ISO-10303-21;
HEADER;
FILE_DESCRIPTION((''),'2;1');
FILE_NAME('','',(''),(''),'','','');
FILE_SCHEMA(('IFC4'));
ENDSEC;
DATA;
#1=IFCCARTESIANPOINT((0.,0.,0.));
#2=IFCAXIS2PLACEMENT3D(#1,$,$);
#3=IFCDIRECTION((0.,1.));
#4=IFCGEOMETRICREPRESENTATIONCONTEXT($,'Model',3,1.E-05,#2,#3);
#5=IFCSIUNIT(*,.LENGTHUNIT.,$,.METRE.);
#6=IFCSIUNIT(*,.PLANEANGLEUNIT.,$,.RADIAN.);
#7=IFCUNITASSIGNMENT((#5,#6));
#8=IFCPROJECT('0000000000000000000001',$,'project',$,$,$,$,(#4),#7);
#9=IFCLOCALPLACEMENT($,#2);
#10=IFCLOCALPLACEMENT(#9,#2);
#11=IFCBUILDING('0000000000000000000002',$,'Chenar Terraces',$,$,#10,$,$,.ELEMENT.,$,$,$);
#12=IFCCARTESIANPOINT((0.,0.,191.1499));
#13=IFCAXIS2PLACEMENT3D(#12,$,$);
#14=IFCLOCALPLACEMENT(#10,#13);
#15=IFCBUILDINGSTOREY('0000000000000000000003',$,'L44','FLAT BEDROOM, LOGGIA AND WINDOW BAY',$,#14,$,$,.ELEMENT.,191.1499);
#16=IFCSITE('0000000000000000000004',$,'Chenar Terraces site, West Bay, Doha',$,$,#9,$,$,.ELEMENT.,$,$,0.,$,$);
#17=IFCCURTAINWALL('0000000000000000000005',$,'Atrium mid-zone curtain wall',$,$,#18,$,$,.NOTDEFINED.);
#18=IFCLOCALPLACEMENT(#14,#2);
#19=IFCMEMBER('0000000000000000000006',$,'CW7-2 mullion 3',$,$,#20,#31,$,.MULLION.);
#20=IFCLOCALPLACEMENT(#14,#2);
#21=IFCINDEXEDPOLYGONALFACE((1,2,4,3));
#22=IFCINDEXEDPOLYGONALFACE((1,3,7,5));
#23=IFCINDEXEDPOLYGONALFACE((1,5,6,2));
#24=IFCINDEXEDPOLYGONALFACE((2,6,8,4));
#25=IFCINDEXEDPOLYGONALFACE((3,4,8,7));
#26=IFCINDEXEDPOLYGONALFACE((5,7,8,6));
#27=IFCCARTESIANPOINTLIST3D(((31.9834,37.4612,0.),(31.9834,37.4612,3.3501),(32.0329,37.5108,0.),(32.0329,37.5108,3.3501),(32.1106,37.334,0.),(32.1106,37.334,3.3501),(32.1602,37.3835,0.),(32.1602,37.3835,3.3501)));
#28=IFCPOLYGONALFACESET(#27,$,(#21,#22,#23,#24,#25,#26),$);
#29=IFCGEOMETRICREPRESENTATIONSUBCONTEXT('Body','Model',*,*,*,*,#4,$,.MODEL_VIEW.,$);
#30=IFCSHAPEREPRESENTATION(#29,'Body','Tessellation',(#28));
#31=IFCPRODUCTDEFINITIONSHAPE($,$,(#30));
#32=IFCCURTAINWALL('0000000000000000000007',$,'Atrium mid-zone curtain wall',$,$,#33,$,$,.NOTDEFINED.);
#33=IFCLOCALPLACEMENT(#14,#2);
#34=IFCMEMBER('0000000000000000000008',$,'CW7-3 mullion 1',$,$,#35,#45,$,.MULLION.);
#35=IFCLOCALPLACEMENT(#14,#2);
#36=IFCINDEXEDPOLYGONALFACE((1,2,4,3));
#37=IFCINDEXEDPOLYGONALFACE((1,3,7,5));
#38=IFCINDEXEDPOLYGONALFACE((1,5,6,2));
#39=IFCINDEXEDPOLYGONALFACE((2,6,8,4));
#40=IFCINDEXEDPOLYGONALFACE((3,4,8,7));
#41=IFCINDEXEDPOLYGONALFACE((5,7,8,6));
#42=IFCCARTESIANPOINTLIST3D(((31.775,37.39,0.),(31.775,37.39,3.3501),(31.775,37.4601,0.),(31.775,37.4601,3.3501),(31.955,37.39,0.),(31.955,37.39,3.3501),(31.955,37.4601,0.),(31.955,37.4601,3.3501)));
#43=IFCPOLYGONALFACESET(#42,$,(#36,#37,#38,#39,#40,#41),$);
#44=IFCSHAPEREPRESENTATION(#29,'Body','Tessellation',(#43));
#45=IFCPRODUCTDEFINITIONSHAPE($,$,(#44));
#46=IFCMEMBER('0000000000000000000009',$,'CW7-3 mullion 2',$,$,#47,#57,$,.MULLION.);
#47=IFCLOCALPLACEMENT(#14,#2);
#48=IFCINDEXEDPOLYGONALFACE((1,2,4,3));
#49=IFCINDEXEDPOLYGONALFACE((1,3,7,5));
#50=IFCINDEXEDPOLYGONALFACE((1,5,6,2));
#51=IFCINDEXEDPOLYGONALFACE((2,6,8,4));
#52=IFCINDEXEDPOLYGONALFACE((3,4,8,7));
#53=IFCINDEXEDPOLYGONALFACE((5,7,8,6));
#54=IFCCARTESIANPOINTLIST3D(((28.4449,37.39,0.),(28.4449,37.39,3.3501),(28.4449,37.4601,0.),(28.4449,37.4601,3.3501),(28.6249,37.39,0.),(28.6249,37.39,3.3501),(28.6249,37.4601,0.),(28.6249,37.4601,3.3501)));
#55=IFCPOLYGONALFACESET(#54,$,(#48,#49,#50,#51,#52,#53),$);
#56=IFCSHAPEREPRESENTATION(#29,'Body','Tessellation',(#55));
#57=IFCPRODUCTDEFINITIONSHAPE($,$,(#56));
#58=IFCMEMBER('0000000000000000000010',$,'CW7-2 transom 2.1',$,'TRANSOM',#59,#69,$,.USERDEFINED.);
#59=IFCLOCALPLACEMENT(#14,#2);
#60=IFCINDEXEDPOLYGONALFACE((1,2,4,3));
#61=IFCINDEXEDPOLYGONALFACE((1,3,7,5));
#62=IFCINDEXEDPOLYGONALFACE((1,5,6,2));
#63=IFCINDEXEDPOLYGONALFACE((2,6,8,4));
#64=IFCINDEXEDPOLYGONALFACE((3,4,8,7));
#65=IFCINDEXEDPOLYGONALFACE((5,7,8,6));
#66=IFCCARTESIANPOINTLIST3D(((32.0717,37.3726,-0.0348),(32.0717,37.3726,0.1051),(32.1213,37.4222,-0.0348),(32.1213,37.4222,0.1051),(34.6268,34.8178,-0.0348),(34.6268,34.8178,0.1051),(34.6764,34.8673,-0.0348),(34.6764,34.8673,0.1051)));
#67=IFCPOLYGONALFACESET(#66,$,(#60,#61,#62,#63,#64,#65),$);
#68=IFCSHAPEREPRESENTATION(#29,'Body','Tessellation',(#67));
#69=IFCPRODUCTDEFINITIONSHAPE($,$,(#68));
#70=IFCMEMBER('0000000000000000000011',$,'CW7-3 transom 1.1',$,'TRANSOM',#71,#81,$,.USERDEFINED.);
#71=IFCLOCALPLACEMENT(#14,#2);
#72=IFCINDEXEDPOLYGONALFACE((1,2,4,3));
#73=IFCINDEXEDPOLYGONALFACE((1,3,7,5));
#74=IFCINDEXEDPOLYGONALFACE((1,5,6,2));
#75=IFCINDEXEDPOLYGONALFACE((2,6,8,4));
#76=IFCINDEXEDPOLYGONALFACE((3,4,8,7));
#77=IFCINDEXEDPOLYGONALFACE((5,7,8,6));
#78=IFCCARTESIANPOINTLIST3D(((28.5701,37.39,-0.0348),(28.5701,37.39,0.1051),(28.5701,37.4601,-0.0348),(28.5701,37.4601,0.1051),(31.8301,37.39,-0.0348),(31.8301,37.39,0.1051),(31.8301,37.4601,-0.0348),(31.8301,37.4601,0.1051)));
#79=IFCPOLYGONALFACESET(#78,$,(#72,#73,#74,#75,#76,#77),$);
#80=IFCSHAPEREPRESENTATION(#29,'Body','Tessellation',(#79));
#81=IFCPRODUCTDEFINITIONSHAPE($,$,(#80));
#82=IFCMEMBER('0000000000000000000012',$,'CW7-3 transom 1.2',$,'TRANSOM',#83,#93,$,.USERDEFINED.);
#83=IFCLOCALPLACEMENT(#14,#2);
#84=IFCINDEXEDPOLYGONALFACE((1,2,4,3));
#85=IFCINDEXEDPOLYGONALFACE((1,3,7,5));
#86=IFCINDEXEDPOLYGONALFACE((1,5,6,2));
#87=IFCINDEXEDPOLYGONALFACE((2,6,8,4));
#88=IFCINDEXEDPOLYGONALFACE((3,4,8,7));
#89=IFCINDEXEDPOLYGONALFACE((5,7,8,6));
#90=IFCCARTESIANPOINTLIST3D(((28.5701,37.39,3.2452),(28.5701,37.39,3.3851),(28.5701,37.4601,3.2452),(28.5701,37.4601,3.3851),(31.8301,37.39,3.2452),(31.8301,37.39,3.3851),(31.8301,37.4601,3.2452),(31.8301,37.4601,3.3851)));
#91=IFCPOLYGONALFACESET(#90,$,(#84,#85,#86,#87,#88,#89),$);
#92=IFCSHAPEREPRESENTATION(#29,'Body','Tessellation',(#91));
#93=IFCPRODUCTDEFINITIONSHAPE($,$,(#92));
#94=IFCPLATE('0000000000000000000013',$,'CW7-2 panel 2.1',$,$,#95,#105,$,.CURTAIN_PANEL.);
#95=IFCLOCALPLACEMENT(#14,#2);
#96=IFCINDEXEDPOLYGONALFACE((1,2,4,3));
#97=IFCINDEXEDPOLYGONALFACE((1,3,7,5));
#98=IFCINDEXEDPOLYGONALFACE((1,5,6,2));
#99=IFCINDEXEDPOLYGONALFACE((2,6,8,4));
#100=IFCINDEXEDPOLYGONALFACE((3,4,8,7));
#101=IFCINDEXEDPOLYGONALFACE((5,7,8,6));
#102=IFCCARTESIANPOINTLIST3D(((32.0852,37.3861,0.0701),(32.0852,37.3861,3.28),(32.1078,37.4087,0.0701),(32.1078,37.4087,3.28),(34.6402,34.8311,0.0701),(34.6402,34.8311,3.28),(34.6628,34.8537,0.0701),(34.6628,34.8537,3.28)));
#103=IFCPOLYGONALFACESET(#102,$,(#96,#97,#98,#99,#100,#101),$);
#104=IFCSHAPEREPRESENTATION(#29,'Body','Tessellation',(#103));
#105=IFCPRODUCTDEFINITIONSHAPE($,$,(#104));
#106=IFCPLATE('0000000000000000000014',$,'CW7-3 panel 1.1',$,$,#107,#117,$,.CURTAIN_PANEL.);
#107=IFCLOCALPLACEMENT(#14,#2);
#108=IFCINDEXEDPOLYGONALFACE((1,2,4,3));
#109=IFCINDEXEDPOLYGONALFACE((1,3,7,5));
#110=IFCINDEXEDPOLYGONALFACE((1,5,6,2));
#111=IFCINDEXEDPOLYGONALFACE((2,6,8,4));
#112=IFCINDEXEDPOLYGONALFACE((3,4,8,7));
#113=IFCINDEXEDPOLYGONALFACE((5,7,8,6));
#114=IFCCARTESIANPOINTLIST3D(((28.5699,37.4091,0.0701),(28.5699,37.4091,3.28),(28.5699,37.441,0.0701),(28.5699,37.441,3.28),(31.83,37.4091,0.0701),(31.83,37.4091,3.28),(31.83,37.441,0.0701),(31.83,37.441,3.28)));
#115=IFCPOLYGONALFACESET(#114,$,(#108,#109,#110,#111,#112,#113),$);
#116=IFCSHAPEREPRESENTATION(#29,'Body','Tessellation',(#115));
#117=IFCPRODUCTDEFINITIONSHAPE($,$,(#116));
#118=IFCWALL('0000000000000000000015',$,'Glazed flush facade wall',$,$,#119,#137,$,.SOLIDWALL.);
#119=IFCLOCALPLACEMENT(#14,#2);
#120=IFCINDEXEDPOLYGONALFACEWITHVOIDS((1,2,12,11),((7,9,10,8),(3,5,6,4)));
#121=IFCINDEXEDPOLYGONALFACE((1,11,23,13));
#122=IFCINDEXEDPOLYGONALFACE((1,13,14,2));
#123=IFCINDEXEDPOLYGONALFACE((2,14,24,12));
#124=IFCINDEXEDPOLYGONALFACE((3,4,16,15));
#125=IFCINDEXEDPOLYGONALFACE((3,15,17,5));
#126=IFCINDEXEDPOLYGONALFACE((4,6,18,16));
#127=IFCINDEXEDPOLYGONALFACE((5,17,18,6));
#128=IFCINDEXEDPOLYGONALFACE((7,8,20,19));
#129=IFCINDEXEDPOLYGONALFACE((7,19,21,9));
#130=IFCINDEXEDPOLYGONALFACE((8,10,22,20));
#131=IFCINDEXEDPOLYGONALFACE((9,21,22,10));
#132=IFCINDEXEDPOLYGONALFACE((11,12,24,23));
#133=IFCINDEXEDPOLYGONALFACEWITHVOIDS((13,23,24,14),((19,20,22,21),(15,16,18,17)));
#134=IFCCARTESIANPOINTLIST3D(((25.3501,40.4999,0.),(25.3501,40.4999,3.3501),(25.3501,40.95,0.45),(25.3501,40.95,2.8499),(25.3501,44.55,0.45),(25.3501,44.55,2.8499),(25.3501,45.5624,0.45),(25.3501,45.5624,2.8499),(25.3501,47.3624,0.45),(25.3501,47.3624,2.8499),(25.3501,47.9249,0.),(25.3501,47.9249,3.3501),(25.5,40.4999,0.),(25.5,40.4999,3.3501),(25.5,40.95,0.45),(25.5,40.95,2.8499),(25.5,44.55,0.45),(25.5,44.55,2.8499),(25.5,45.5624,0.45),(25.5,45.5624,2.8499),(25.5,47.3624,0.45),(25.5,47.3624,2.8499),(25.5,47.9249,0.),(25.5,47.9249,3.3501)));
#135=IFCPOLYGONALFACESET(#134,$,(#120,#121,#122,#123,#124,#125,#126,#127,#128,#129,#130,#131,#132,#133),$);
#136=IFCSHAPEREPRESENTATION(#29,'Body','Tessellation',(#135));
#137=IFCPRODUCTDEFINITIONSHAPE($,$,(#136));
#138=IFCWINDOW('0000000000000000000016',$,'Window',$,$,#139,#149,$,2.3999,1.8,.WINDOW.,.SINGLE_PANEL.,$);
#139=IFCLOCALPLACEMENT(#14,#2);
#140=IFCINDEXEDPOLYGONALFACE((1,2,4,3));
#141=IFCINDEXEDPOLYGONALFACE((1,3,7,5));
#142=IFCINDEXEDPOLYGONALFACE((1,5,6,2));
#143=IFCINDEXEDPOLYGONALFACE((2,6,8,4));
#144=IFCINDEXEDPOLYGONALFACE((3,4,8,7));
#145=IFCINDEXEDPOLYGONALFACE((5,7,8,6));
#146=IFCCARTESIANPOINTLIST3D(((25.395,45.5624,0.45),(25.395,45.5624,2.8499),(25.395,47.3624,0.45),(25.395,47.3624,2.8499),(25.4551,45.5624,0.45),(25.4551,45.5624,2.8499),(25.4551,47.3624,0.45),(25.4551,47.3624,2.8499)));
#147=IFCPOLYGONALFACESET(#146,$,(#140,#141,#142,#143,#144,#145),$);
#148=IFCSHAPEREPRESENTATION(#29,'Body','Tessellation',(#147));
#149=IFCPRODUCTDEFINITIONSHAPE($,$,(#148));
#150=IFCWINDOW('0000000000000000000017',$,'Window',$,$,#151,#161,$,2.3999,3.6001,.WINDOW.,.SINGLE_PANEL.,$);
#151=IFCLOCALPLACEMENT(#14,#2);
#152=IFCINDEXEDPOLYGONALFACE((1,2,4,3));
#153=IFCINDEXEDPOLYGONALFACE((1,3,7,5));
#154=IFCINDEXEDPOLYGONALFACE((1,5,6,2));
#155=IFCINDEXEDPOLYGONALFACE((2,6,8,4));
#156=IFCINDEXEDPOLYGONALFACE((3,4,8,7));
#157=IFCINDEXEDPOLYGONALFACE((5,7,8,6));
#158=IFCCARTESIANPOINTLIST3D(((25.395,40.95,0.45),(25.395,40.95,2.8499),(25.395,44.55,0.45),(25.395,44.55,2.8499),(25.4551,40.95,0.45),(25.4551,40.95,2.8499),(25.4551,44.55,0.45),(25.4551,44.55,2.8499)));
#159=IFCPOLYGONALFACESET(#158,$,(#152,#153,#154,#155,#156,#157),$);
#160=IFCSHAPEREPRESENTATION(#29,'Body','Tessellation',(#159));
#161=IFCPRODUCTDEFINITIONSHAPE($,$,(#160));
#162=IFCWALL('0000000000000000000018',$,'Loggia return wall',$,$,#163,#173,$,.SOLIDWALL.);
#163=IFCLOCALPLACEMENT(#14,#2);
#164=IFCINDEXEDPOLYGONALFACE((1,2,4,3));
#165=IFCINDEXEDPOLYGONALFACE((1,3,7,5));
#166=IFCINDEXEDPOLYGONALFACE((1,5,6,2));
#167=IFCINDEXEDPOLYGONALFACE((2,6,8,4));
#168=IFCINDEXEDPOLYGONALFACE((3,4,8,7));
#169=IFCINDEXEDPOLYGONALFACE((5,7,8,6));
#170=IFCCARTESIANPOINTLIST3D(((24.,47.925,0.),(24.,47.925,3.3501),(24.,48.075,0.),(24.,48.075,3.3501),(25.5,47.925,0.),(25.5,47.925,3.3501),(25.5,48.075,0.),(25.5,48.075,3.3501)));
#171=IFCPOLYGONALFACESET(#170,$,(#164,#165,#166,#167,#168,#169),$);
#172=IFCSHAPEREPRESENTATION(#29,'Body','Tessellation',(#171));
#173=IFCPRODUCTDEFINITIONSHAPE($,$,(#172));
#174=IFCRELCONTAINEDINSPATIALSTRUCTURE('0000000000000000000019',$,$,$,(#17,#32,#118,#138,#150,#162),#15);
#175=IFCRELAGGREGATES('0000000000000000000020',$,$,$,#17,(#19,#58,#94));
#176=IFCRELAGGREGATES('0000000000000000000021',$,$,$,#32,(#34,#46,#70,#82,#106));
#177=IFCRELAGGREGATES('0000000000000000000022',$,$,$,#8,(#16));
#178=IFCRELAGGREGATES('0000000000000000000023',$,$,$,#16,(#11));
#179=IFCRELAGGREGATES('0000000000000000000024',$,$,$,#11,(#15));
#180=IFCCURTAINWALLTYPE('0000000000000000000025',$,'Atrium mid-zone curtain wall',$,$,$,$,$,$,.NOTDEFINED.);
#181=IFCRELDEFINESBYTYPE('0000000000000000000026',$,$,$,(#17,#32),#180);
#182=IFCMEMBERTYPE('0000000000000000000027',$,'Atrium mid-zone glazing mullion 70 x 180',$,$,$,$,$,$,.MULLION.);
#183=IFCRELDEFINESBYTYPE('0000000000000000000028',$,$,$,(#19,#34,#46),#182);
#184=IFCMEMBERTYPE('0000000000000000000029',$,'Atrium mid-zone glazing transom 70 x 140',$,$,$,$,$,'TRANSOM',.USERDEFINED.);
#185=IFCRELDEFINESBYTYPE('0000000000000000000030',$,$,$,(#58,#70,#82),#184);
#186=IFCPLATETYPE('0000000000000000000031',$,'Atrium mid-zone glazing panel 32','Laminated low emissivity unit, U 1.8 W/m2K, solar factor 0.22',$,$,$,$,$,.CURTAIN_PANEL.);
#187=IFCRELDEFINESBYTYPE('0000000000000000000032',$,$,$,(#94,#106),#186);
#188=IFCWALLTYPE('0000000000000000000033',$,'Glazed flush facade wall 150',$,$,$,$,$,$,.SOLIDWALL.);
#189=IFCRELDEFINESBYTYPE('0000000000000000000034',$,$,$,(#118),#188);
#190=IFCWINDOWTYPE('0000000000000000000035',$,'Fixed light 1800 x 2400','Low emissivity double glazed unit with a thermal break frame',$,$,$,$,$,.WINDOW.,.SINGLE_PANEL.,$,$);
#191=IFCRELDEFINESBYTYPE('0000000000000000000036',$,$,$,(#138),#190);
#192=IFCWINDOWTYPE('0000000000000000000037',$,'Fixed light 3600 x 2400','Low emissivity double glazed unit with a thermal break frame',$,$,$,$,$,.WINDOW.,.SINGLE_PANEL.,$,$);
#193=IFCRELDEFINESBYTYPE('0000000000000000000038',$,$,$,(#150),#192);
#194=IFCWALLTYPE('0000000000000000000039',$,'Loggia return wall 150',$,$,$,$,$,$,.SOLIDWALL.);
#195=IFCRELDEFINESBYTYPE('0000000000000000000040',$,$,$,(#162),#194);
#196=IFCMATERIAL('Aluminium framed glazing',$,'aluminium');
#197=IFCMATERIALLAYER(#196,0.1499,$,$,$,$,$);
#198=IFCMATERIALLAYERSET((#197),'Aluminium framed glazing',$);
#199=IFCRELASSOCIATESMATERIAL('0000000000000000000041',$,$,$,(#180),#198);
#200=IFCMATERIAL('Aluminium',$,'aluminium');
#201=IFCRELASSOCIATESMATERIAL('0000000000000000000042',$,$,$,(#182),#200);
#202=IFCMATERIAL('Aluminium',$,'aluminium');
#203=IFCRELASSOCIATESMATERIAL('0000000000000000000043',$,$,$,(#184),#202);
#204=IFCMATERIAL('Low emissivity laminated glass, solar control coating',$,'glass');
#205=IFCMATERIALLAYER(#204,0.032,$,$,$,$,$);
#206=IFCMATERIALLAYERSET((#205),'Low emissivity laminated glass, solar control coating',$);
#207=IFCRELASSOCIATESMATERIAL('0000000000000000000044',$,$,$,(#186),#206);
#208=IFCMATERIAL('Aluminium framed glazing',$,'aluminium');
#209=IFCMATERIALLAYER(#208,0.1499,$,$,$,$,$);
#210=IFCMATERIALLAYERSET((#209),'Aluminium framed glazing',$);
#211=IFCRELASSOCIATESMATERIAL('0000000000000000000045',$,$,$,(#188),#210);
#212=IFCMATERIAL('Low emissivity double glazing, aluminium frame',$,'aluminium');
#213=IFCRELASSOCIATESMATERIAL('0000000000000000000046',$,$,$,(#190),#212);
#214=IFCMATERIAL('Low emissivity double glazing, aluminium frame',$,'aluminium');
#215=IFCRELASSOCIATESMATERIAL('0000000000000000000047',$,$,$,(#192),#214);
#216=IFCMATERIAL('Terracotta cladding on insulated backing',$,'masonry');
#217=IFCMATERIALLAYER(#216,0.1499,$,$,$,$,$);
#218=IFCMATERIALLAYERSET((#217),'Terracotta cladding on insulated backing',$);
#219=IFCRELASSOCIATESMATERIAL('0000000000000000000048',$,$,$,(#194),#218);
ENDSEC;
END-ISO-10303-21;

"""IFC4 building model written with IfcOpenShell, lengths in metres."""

from ifc_helpers import new_model, si_unit, direction, frame, frame_2d, origin, origin_2d, place, context, subcontext, project, spatial, rectangle, extrude, material, layer, layer_set, material_profile, profile_set, type_object, element, fill, aggregate, save


model = new_model("IFC4")

# Units and contexts
model_context = context("Model", 3, precision=1e-05, world=origin(), true_north=direction((0.0, 1.0)))
body_context = subcontext(model_context, "Body", "Model", "MODEL_VIEW")
ifc_project = project(units=[si_unit("LENGTHUNIT", "METRE"), si_unit("PLANEANGLEUNIT", "RADIAN")], contexts=[model_context])

# Site, building, storey
site_placement = place(None, origin())
site = spatial("IfcSite", under=ifc_project, at=site_placement, Name="Chenar Terraces site, West Bay, Doha", CompositionType="ELEMENT", RefElevation=0.0)
building_placement = place(site_placement, origin())
building = spatial("IfcBuilding", under=site, at=building_placement, Name="Chenar Terraces", CompositionType="ELEMENT")
storey_placement = place(building_placement, frame((0.0, 0.0, 191.1499)))
storey = spatial("IfcBuildingStorey", under=building, at=storey_placement, Name="L44", Description="FLAT BEDROOM, LOGGIA AND WINDOW BAY", CompositionType="ELEMENT", Elevation=191.1499)

# Curtain wall, member
ifc_material_1 = material(Name="Aluminium framed glazing", Category="aluminium")
ifc_layer_1 = layer(ifc_material_1, 0.1499)
ifc_layer_set_1 = layer_set([ifc_layer_1], Name="Aluminium framed glazing")
curtain_wall_type = type_object("IfcCurtainWallType", Name="Atrium mid-zone curtain wall", PredefinedType="NOTDEFINED", material=ifc_layer_set_1)
placement = place(storey_placement, origin())
curtain_wall_1 = element("IfcCurtainWall", 1, at=placement, inside=storey, type_object=curtain_wall_type, Name="Atrium mid-zone curtain wall", PredefinedType="NOTDEFINED")
ifc_material_2 = material(Name="Aluminium", Category="aluminium")
ifc_material_profile_1 = material_profile(ifc_material_2, rectangle(XDim=0.0701, YDim=0.1799, at=origin_2d()), Name="Atrium mid-zone glazing mullion 70 x 180")
ifc_profile_set_1 = profile_set([ifc_material_profile_1], Name="Aluminium")
member_type_1 = type_object("IfcMemberType", Name="Atrium mid-zone glazing mullion 70 x 180", PredefinedType="MULLION", material=ifc_profile_set_1)
member_1_placement = place(storey_placement, frame((32.0718, 37.4224, 0.0), z_axis=(0.0, 0.0, 1.0), x_axis=(-0.707107, -0.707107, 0.0)))
member_1 = element("IfcMember", 2, at=member_1_placement, type_object=member_type_1, Name="CW7-2 mullion 3", PredefinedType="MULLION", context=body_context, shape_type="SweptSolid", body=[
    extrude(rectangle(XDim=0.0701, YDim=0.1799, at=origin_2d()), origin(), (0.0, 0.0, 1.0), 3.3501),
])

# Curtain wall, members
curtain_wall_2 = element("IfcCurtainWall", 3, at=placement, inside=storey, type_object=curtain_wall_type, Name="Atrium mid-zone curtain wall", PredefinedType="NOTDEFINED")
member_2_placement = place(storey_placement, frame((31.865, 37.425, 0.0), z_axis=(0.0, 0.0, 1.0), x_axis=(0.0, -1.0, 0.0)))
member_2 = element("IfcMember", 4, at=member_2_placement, type_object=member_type_1, Name="CW7-3 mullion 1", PredefinedType="MULLION", context=body_context, shape_type="SweptSolid", body=[
    extrude(rectangle(XDim=0.0701, YDim=0.1799, at=origin_2d()), origin(), (0.0, 0.0, 1.0), 3.3501),
])
member_3_placement = place(storey_placement, frame((28.5349, 37.425, 0.0), z_axis=(0.0, 0.0, 1.0), x_axis=(0.0, -1.0, 0.0)))
member_3 = element("IfcMember", 5, at=member_3_placement, type_object=member_type_1, Name="CW7-3 mullion 2", PredefinedType="MULLION", context=body_context, shape_type="SweptSolid", body=[
    extrude(rectangle(XDim=0.0701, YDim=0.1799, at=origin_2d()), origin(), (0.0, 0.0, 1.0), 3.3501),
])

# Members
ifc_material_3 = material(Name="Aluminium", Category="aluminium")
ifc_material_profile_2 = material_profile(ifc_material_3, rectangle(XDim=0.0701, YDim=0.1399, at=origin_2d()), Name="Atrium mid-zone glazing transom 70 x 140")
ifc_profile_set_2 = profile_set([ifc_material_profile_2], Name="Aluminium")
member_type_2 = type_object("IfcMemberType", Name="Atrium mid-zone glazing transom 70 x 140", ElementType="TRANSOM", PredefinedType="USERDEFINED", material=ifc_profile_set_2)
member_4_placement = place(storey_placement, frame((34.6516, 34.8425, 0.0352), z_axis=(-0.707141, 0.707073, 0.0), x_axis=(-0.707073, -0.707141, 0.0)))
member_4 = element("IfcMember", 6, at=member_4_placement, type_object=member_type_2, Name="CW7-2 transom 2.1", ObjectType="TRANSOM", PredefinedType="USERDEFINED", context=body_context, shape_type="SweptSolid", body=[
    extrude(rectangle(XDim=0.0701, YDim=0.1399, at=origin_2d()), origin(), (0.0, 0.0, 1.0), 3.6133),
])
member_5_placement = place(storey_placement, frame((31.8301, 37.425, 0.0352), z_axis=(-1.0, 0.0, 0.0), x_axis=(0.0, -1.0, 0.0)))
member_5 = element("IfcMember", 7, at=member_5_placement, type_object=member_type_2, Name="CW7-3 transom 1.1", ObjectType="TRANSOM", PredefinedType="USERDEFINED", context=body_context, shape_type="SweptSolid", body=[
    extrude(rectangle(XDim=0.0701, YDim=0.1399, at=origin_2d()), origin(), (0.0, 0.0, 1.0), 3.26),
])
member_6_placement = place(storey_placement, frame((31.8301, 37.425, 3.3152), z_axis=(-1.0, 0.0, 0.0), x_axis=(0.0, -1.0, 0.0)))
member_6 = element("IfcMember", 8, at=member_6_placement, type_object=member_type_2, Name="CW7-3 transom 1.2", ObjectType="TRANSOM", PredefinedType="USERDEFINED", context=body_context, shape_type="SweptSolid", body=[
    extrude(rectangle(XDim=0.0701, YDim=0.1399, at=origin_2d()), origin(), (0.0, 0.0, 1.0), 3.26),
])

# Plates
ifc_material_4 = material(Name="Low emissivity laminated glass, solar control coating", Category="glass")
ifc_layer_2 = layer(ifc_material_4, 0.032)
ifc_layer_set_2 = layer_set([ifc_layer_2], Name="Low emissivity laminated glass, solar control coating")
plate_type = type_object("IfcPlateType", Name="Atrium mid-zone glazing panel 32", Description="Laminated low emissivity unit, U 1.8 W/m2K, solar factor 0.22", PredefinedType="CURTAIN_PANEL", material=ifc_layer_set_2)
plate_1_placement = place(storey_placement, frame((33.374, 36.1199, 0.0701), z_axis=(0.0, 0.0, 1.0), x_axis=(-0.707107, 0.707107, 0.0)))
plate_1 = element("IfcPlate", 9, at=plate_1_placement, type_object=plate_type, Name="CW7-2 panel 2.1", PredefinedType="CURTAIN_PANEL", context=body_context, shape_type="SweptSolid", body=[
    extrude(rectangle(XDim=3.6133, YDim=0.032, at=origin_2d()), origin(), (0.0, 0.0, 1.0), 3.21),
])
aggregate(curtain_wall_1, [member_1, member_4, plate_1])
plate_2_placement = place(storey_placement, frame((30.2, 37.425, 0.0701), z_axis=(0.0, 0.0, 1.0), x_axis=(-1.0, 0.0, 0.0)))
plate_2 = element("IfcPlate", 10, at=plate_2_placement, type_object=plate_type, Name="CW7-3 panel 1.1", PredefinedType="CURTAIN_PANEL", context=body_context, shape_type="SweptSolid", body=[
    extrude(rectangle(XDim=3.26, YDim=0.032, at=origin_2d()), origin(), (0.0, 0.0, 1.0), 3.21),
])
aggregate(curtain_wall_2, [member_2, member_3, member_5, member_6, plate_2])

# Wall, openings, windows
ifc_material_5 = material(Name="Aluminium framed glazing", Category="aluminium")
ifc_layer_3 = layer(ifc_material_5, 0.1499)
ifc_layer_set_3 = layer_set([ifc_layer_3], Name="Aluminium framed glazing")
wall_type_1 = type_object("IfcWallType", Name="Glazed flush facade wall 150", PredefinedType="SOLIDWALL", material=ifc_layer_set_3)
wall_1_placement = place(storey_placement, frame((25.425, 40.5, 0.0), z_axis=(0.0, 0.0, 1.0), x_axis=(0.0, 1.0, 0.0)))
wall_1 = element("IfcWall", 11, at=wall_1_placement, inside=storey, type_object=wall_type_1, Name="Glazed flush facade wall", PredefinedType="SOLIDWALL", context=body_context, shape_type="SweptSolid", body=[
    extrude(rectangle(XDim=7.425, YDim=0.1499, at=frame_2d((3.7124, 0.0))), origin(), (0.0, 0.0, 1.0), 3.3501),
])
opening_1_placement = place(wall_1_placement, frame((0.45, 0.0, 0.45)))
opening_1 = element("IfcOpeningElement", 12, at=opening_1_placement, cuts=wall_1, PredefinedType="OPENING", context=body_context, shape_type="SweptSolid", body=[
    extrude(rectangle(XDim=3.6001, YDim=2.3999, at=frame_2d((1.8, 1.2))), frame((0.0, 0.085, 0.0), z_axis=(0.0, -1.0, 0.0), x_axis=(1.0, 0.0, 0.0)), (0.0, 0.0, 1.0), 0.1699),
])
opening_2_placement = place(wall_1_placement, frame((5.0625, 0.0, 0.45)))
opening_2 = element("IfcOpeningElement", 13, at=opening_2_placement, cuts=wall_1, PredefinedType="OPENING", context=body_context, shape_type="SweptSolid", body=[
    extrude(rectangle(XDim=1.8, YDim=2.3999, at=frame_2d((0.8999, 1.2))), frame((0.0, 0.085, 0.0), z_axis=(0.0, -1.0, 0.0), x_axis=(1.0, 0.0, 0.0)), (0.0, 0.0, 1.0), 0.1699),
])
ifc_material_6 = material(Name="Low emissivity double glazing, aluminium frame", Category="aluminium")
window_type_1 = type_object("IfcWindowType", Name="Fixed light 1800 x 2400", Description="Low emissivity double glazed unit with a thermal break frame", PartitioningType="SINGLE_PANEL", PredefinedType="WINDOW", material=ifc_material_6)
window_1_placement = place(opening_2_placement, origin())
window_1 = element("IfcWindow", 14, at=window_1_placement, inside=storey, type_object=window_type_1, Name="Window", OverallHeight=2.3999, OverallWidth=1.8, PartitioningType="SINGLE_PANEL", PredefinedType="WINDOW", context=body_context, shape_type="SweptSolid", body=[
    extrude(rectangle(XDim=1.8, YDim=2.3999, at=frame_2d((0.8999, 1.2))), frame((0.0, 0.03, 0.0), z_axis=(0.0, -1.0, 0.0), x_axis=(1.0, 0.0, 0.0)), (0.0, 0.0, 1.0), 0.0601),
])
fill(opening_2, window_1)
ifc_material_7 = material(Name="Low emissivity double glazing, aluminium frame", Category="aluminium")
window_type_2 = type_object("IfcWindowType", Name="Fixed light 3600 x 2400", Description="Low emissivity double glazed unit with a thermal break frame", PartitioningType="SINGLE_PANEL", PredefinedType="WINDOW", material=ifc_material_7)
window_2_placement = place(opening_1_placement, origin())
window_2 = element("IfcWindow", 15, at=window_2_placement, inside=storey, type_object=window_type_2, Name="Window", OverallHeight=2.3999, OverallWidth=3.6001, PartitioningType="SINGLE_PANEL", PredefinedType="WINDOW", context=body_context, shape_type="SweptSolid", body=[
    extrude(rectangle(XDim=3.6001, YDim=2.3999, at=frame_2d((1.8, 1.2))), frame((0.0, 0.03, 0.0), z_axis=(0.0, -1.0, 0.0), x_axis=(1.0, 0.0, 0.0)), (0.0, 0.0, 1.0), 0.0601),
])
fill(opening_1, window_2)

# Wall
ifc_material_8 = material(Name="Terracotta cladding on insulated backing", Category="masonry")
ifc_layer_4 = layer(ifc_material_8, 0.1499)
ifc_layer_set_4 = layer_set([ifc_layer_4], Name="Terracotta cladding on insulated backing")
wall_type_2 = type_object("IfcWallType", Name="Loggia return wall 150", PredefinedType="SOLIDWALL", material=ifc_layer_set_4)
for number, where, z_axis, x_axis, name in (
    (16, (25.5, 48.0, 0.0), (0.0, 0.0, 1.0), (-1.0, 0.0, 0.0), "Loggia return wall"),
):
    element("IfcWall", number, at=place(storey_placement, frame(where, z_axis=z_axis, x_axis=x_axis)), inside=storey, type_object=wall_type_2, Name=name, PredefinedType="SOLIDWALL", context=body_context, shape_type="SweptSolid", body=[
        extrude(rectangle(XDim=1.5, YDim=0.1499, at=frame_2d((0.75, 0.0))), origin(), (0.0, 0.0, 1.0), 3.3501),
    ])

save(model, "model.ifc")
